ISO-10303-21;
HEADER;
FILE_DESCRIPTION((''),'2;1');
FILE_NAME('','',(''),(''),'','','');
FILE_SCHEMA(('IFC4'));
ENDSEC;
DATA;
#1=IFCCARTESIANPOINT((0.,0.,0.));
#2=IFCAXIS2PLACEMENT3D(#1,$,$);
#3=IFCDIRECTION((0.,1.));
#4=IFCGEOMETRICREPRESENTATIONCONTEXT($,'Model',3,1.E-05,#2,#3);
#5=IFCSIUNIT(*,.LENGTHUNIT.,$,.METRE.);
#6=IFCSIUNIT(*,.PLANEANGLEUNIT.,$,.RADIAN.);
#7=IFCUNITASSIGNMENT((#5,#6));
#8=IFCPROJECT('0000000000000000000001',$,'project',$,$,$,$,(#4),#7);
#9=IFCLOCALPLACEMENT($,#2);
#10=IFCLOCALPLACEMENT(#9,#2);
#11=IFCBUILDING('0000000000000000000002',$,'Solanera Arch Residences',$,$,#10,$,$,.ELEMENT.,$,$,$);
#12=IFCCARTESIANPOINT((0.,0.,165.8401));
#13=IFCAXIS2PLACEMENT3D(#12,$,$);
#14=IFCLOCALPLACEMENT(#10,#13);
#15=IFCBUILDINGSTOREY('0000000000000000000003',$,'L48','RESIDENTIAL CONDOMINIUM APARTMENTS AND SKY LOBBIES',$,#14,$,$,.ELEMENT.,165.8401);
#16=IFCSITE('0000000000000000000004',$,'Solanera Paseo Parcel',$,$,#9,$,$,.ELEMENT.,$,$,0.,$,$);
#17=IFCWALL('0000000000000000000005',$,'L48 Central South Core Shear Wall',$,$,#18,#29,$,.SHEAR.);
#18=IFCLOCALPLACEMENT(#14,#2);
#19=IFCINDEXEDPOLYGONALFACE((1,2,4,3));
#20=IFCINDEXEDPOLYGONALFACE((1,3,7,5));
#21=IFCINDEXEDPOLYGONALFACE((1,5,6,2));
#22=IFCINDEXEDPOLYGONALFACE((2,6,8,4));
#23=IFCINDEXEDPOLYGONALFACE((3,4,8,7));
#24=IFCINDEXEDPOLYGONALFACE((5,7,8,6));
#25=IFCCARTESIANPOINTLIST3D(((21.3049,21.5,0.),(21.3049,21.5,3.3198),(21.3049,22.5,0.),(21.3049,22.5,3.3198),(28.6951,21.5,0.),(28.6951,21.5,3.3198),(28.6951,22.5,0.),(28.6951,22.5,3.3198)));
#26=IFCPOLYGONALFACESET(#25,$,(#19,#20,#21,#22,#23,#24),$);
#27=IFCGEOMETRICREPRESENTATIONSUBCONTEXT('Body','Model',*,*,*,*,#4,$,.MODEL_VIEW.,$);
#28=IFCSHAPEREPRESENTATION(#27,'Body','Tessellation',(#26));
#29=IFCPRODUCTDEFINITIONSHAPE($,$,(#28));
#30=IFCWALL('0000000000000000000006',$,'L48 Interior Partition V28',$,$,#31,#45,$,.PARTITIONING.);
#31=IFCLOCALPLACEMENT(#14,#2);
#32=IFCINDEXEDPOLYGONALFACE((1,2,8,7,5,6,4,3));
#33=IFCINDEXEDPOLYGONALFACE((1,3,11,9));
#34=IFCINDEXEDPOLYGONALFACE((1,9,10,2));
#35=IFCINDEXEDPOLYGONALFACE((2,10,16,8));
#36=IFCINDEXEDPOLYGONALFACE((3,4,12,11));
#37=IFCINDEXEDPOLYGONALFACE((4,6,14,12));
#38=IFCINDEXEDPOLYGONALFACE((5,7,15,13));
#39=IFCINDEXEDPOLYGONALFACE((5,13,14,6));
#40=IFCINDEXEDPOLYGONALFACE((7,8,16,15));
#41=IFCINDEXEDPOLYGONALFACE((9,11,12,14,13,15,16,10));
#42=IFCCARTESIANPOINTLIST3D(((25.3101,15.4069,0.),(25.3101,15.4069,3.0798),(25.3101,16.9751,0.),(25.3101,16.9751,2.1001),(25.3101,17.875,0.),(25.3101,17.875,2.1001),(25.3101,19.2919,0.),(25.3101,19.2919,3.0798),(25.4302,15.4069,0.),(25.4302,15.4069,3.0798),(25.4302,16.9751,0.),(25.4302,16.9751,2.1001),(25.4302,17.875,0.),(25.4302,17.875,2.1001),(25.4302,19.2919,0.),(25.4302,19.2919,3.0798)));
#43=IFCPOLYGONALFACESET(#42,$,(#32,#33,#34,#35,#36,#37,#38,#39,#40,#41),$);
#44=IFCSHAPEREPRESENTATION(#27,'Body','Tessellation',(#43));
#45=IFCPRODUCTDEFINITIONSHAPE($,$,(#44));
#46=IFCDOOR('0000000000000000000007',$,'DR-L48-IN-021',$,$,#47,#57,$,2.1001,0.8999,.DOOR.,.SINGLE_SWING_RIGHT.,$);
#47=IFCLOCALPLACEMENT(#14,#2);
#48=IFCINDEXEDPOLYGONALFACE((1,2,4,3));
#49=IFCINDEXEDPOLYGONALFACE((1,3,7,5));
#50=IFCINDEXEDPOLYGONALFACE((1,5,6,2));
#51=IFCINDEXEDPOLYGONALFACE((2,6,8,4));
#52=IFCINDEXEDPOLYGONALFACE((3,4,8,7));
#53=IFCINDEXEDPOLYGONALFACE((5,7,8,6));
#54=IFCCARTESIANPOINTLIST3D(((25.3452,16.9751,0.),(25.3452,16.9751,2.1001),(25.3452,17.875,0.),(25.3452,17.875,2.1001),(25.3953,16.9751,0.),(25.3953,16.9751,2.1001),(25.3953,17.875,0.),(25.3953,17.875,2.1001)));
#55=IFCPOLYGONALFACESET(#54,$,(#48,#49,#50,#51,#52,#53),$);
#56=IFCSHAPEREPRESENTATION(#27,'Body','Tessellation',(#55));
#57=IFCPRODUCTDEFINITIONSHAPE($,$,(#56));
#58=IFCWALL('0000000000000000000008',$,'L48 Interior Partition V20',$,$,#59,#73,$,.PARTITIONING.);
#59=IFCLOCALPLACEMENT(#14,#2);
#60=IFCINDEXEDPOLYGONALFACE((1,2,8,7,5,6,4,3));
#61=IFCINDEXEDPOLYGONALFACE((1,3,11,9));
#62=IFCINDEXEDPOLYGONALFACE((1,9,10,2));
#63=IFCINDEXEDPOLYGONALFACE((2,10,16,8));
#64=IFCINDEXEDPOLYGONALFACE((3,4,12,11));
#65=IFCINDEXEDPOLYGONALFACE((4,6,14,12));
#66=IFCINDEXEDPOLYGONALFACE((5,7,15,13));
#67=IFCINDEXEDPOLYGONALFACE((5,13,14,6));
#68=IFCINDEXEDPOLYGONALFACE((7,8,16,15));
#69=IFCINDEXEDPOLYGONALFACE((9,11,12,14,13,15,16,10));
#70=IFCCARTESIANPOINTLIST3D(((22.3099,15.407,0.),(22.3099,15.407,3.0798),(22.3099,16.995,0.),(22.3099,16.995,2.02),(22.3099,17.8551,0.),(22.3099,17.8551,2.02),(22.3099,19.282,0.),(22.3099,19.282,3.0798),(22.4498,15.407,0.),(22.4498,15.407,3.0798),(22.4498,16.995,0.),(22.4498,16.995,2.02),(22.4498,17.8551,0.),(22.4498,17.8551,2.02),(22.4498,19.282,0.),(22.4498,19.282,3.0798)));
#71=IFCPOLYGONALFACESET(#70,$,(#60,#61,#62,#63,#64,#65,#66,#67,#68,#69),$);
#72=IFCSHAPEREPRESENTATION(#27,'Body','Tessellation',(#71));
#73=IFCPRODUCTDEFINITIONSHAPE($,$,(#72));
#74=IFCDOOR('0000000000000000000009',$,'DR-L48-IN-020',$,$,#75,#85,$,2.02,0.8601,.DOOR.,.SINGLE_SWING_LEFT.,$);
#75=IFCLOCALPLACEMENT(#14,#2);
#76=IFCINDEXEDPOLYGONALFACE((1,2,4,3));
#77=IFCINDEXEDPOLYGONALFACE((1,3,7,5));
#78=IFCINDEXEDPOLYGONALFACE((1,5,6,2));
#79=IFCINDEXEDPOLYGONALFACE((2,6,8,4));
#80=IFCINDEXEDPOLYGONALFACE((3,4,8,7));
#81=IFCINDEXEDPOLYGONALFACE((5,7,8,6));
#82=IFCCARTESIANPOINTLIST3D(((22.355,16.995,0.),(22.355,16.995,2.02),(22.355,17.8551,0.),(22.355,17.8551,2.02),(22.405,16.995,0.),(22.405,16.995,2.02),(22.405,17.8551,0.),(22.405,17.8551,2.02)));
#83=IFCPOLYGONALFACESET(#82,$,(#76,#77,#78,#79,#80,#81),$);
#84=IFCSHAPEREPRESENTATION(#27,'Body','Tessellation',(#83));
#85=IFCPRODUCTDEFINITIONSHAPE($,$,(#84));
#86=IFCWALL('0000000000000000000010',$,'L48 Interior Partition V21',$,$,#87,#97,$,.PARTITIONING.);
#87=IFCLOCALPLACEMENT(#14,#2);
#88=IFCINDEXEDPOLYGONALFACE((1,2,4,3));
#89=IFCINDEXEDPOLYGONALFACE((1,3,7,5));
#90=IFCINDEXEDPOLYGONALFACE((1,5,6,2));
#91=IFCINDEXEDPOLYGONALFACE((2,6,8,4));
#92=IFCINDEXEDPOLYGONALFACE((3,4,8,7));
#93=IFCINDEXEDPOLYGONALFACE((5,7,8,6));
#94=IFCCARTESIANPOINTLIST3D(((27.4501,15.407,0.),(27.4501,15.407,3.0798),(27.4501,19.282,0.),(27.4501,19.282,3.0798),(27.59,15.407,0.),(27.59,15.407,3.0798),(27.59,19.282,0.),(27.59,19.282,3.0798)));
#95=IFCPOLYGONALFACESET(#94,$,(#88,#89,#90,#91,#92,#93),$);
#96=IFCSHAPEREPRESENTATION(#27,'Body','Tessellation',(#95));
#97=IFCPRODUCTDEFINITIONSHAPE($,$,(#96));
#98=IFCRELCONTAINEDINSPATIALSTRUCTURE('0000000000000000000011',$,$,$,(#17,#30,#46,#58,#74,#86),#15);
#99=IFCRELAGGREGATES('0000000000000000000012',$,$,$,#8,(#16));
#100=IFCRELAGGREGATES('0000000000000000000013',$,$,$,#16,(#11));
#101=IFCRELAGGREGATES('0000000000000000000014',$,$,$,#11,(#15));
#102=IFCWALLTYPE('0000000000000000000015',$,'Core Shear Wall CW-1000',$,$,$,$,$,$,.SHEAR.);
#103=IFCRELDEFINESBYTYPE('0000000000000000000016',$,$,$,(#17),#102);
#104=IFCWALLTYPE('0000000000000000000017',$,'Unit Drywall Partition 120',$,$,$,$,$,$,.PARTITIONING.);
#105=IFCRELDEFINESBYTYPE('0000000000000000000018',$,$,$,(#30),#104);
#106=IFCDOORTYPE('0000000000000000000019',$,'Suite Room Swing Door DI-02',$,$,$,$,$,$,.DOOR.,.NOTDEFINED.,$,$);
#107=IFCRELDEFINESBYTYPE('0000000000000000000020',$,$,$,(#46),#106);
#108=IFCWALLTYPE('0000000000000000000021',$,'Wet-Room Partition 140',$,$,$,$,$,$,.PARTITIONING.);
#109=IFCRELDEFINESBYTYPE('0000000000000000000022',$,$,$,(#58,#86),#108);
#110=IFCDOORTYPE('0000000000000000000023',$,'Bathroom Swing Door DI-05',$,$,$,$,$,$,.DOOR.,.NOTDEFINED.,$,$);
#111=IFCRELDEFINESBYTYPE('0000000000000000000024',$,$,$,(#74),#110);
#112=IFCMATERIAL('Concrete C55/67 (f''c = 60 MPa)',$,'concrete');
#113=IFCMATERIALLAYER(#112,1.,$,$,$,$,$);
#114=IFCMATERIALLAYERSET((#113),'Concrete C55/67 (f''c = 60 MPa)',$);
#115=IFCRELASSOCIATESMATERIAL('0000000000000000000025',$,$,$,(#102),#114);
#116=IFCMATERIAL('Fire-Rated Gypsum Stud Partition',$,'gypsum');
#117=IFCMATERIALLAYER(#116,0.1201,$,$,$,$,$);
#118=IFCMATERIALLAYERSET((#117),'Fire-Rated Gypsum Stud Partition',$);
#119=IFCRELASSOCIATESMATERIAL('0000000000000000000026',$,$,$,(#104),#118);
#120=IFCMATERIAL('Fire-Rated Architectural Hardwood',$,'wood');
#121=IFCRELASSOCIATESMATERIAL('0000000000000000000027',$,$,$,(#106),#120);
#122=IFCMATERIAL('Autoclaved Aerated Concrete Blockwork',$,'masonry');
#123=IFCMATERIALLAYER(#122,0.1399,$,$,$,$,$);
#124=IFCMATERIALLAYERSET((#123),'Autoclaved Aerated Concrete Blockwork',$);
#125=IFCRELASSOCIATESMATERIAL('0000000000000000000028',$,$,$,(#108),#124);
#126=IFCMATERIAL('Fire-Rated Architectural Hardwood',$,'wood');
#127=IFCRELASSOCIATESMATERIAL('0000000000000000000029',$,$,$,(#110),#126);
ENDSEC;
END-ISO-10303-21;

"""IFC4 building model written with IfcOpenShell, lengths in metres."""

from ifc_helpers import new_model, si_unit, direction, frame, frame_2d, origin, place, context, subcontext, project, spatial, rectangle, extrude, material, layer, layer_set, type_object, element, fill, save


model = new_model("IFC4")

# Units and contexts
model_context = context("Model", 3, precision=1e-05, world=origin(), true_north=direction((0.0, 1.0)))
body_context = subcontext(model_context, "Body", "Model", "MODEL_VIEW")
ifc_project = project(units=[si_unit("LENGTHUNIT", "METRE"), si_unit("PLANEANGLEUNIT", "RADIAN")], contexts=[model_context])

# Site, building, storey
site_placement = place(None, origin())
site = spatial("IfcSite", under=ifc_project, at=site_placement, Name="Solanera Paseo Parcel", CompositionType="ELEMENT", RefElevation=0.0)
building_placement = place(site_placement, origin())
building = spatial("IfcBuilding", under=site, at=building_placement, Name="Solanera Arch Residences", CompositionType="ELEMENT")
storey_placement = place(building_placement, frame((0.0, 0.0, 165.8401)))
storey = spatial("IfcBuildingStorey", under=building, at=storey_placement, Name="L48", Description="RESIDENTIAL CONDOMINIUM APARTMENTS AND SKY LOBBIES", CompositionType="ELEMENT", Elevation=165.8401)

# Wall
ifc_material_1 = material(Name="Concrete C55/67 (f'c = 60 MPa)", Category="concrete")
ifc_layer_1 = layer(ifc_material_1, 1.0)
ifc_layer_set_1 = layer_set([ifc_layer_1], Name="Concrete C55/67 (f'c = 60 MPa)")
wall_type_1 = type_object("IfcWallType", Name="Core Shear Wall CW-1000", PredefinedType="SHEAR", material=ifc_layer_set_1)
wall_1_placement = place(storey_placement, frame((21.3049, 22.0, 0.0), z_axis=(0.0, 0.0, 1.0), x_axis=(1.0, 0.0, 0.0)))
element("IfcWall", 1, at=wall_1_placement, inside=storey, type_object=wall_type_1, Name="L48 Central South Core Shear Wall", PredefinedType="SHEAR", context=body_context, shape_type="SweptSolid", body=[
    extrude(rectangle(XDim=7.3901, YDim=1.0, at=frame_2d((3.6951, 0.0))), origin(), (0.0, 0.0, 1.0), 3.3198),
])

# Walls, openings, doors
ifc_material_2 = material(Name="Fire-Rated Gypsum Stud Partition", Category="gypsum")
ifc_layer_2 = layer(ifc_material_2, 0.1201)
ifc_layer_set_2 = layer_set([ifc_layer_2], Name="Fire-Rated Gypsum Stud Partition")
wall_type_2 = type_object("IfcWallType", Name="Unit Drywall Partition 120", PredefinedType="PARTITIONING", material=ifc_layer_set_2)
wall_2_placement = place(storey_placement, frame((25.3701, 15.407, 0.0), z_axis=(0.0, 0.0, 1.0), x_axis=(0.0, 1.0, 0.0)))
wall_2 = element("IfcWall", 2, at=wall_2_placement, inside=storey, type_object=wall_type_2, Name="L48 Interior Partition V28", PredefinedType="PARTITIONING", context=body_context, shape_type="SweptSolid", body=[
    extrude(rectangle(XDim=3.885, YDim=0.1201, at=frame_2d((1.9424, 0.0))), origin(), (0.0, 0.0, 1.0), 3.0798),
])
opening_1_placement = place(wall_2_placement, frame((1.5681, 0.0, 0.0)))
opening_1 = element("IfcOpeningElement", 3, at=opening_1_placement, cuts=wall_2, PredefinedType="OPENING", context=body_context, shape_type="SweptSolid", body=[
    extrude(rectangle(XDim=0.8999, YDim=2.1001, at=frame_2d((0.45, 1.05))), frame((0.0, 0.0701, 0.0), z_axis=(0.0, -1.0, 0.0), x_axis=(1.0, 0.0, 0.0)), (0.0, 0.0, 1.0), 0.1401),
])
ifc_material_3 = material(Name="Fire-Rated Architectural Hardwood", Category="wood")
door_type_1 = type_object("IfcDoorType", Name="Suite Room Swing Door DI-02", OperationType="NOTDEFINED", PredefinedType="DOOR", material=ifc_material_3)
door_1_placement = place(opening_1_placement, origin())
door_1 = element("IfcDoor", 4, at=door_1_placement, inside=storey, type_object=door_type_1, Name="DR-L48-IN-021", OperationType="SINGLE_SWING_RIGHT", OverallHeight=2.1001, OverallWidth=0.8999, PredefinedType="DOOR", context=body_context, shape_type="SweptSolid", body=[
    extrude(rectangle(XDim=0.8999, YDim=2.1001, at=frame_2d((0.45, 1.05))), frame((0.0, 0.0249, 0.0), z_axis=(0.0, -1.0, 0.0), x_axis=(1.0, 0.0, 0.0)), (0.0, 0.0, 1.0), 0.05),
])
fill(opening_1, door_1)
ifc_material_4 = material(Name="Autoclaved Aerated Concrete Blockwork", Category="masonry")
ifc_layer_3 = layer(ifc_material_4, 0.1399)
ifc_layer_set_3 = layer_set([ifc_layer_3], Name="Autoclaved Aerated Concrete Blockwork")
wall_type_3 = type_object("IfcWallType", Name="Wet-Room Partition 140", PredefinedType="PARTITIONING", material=ifc_layer_set_3)
wall_3_placement = place(storey_placement, frame((22.3799, 15.407, 0.0), z_axis=(0.0, 0.0, 1.0), x_axis=(0.0, 1.0, 0.0)))
wall_3 = element("IfcWall", 5, at=wall_3_placement, inside=storey, type_object=wall_type_3, Name="L48 Interior Partition V20", PredefinedType="PARTITIONING", context=body_context, shape_type="SweptSolid", body=[
    extrude(rectangle(XDim=3.875, YDim=0.1399, at=frame_2d((1.9375, 0.0))), origin(), (0.0, 0.0, 1.0), 3.0798),
])
opening_2_placement = place(wall_3_placement, frame((1.5879, 0.0, 0.0)))
opening_2 = element("IfcOpeningElement", 6, at=opening_2_placement, cuts=wall_3, PredefinedType="OPENING", context=body_context, shape_type="SweptSolid", body=[
    extrude(rectangle(XDim=0.8601, YDim=2.02, at=frame_2d((0.4302, 1.01))), frame((0.0, 0.0798, 0.0), z_axis=(0.0, -1.0, 0.0), x_axis=(1.0, 0.0, 0.0)), (0.0, 0.0, 1.0), 0.1599),
])
ifc_material_5 = material(Name="Fire-Rated Architectural Hardwood", Category="wood")
door_type_2 = type_object("IfcDoorType", Name="Bathroom Swing Door DI-05", OperationType="NOTDEFINED", PredefinedType="DOOR", material=ifc_material_5)
door_2_placement = place(opening_2_placement, origin())
door_2 = element("IfcDoor", 7, at=door_2_placement, inside=storey, type_object=door_type_2, Name="DR-L48-IN-020", OperationType="SINGLE_SWING_LEFT", OverallHeight=2.02, OverallWidth=0.8601, PredefinedType="DOOR", context=body_context, shape_type="SweptSolid", body=[
    extrude(rectangle(XDim=0.8601, YDim=2.02, at=frame_2d((0.4302, 1.01))), frame((0.0, 0.0249, 0.0), z_axis=(0.0, -1.0, 0.0), x_axis=(1.0, 0.0, 0.0)), (0.0, 0.0, 1.0), 0.05),
])
fill(opening_2, door_2)

# Wall
wall_4_placement = place(storey_placement, frame((27.52, 15.407, 0.0), z_axis=(0.0, 0.0, 1.0), x_axis=(0.0, 1.0, 0.0)))
element("IfcWall", 8, at=wall_4_placement, inside=storey, type_object=wall_type_3, Name="L48 Interior Partition V21", PredefinedType="PARTITIONING", context=body_context, shape_type="SweptSolid", body=[
    extrude(rectangle(XDim=3.875, YDim=0.1399, at=frame_2d((1.9375, 0.0))), origin(), (0.0, 0.0, 1.0), 3.0798),
])

save(model, "model.ifc")
